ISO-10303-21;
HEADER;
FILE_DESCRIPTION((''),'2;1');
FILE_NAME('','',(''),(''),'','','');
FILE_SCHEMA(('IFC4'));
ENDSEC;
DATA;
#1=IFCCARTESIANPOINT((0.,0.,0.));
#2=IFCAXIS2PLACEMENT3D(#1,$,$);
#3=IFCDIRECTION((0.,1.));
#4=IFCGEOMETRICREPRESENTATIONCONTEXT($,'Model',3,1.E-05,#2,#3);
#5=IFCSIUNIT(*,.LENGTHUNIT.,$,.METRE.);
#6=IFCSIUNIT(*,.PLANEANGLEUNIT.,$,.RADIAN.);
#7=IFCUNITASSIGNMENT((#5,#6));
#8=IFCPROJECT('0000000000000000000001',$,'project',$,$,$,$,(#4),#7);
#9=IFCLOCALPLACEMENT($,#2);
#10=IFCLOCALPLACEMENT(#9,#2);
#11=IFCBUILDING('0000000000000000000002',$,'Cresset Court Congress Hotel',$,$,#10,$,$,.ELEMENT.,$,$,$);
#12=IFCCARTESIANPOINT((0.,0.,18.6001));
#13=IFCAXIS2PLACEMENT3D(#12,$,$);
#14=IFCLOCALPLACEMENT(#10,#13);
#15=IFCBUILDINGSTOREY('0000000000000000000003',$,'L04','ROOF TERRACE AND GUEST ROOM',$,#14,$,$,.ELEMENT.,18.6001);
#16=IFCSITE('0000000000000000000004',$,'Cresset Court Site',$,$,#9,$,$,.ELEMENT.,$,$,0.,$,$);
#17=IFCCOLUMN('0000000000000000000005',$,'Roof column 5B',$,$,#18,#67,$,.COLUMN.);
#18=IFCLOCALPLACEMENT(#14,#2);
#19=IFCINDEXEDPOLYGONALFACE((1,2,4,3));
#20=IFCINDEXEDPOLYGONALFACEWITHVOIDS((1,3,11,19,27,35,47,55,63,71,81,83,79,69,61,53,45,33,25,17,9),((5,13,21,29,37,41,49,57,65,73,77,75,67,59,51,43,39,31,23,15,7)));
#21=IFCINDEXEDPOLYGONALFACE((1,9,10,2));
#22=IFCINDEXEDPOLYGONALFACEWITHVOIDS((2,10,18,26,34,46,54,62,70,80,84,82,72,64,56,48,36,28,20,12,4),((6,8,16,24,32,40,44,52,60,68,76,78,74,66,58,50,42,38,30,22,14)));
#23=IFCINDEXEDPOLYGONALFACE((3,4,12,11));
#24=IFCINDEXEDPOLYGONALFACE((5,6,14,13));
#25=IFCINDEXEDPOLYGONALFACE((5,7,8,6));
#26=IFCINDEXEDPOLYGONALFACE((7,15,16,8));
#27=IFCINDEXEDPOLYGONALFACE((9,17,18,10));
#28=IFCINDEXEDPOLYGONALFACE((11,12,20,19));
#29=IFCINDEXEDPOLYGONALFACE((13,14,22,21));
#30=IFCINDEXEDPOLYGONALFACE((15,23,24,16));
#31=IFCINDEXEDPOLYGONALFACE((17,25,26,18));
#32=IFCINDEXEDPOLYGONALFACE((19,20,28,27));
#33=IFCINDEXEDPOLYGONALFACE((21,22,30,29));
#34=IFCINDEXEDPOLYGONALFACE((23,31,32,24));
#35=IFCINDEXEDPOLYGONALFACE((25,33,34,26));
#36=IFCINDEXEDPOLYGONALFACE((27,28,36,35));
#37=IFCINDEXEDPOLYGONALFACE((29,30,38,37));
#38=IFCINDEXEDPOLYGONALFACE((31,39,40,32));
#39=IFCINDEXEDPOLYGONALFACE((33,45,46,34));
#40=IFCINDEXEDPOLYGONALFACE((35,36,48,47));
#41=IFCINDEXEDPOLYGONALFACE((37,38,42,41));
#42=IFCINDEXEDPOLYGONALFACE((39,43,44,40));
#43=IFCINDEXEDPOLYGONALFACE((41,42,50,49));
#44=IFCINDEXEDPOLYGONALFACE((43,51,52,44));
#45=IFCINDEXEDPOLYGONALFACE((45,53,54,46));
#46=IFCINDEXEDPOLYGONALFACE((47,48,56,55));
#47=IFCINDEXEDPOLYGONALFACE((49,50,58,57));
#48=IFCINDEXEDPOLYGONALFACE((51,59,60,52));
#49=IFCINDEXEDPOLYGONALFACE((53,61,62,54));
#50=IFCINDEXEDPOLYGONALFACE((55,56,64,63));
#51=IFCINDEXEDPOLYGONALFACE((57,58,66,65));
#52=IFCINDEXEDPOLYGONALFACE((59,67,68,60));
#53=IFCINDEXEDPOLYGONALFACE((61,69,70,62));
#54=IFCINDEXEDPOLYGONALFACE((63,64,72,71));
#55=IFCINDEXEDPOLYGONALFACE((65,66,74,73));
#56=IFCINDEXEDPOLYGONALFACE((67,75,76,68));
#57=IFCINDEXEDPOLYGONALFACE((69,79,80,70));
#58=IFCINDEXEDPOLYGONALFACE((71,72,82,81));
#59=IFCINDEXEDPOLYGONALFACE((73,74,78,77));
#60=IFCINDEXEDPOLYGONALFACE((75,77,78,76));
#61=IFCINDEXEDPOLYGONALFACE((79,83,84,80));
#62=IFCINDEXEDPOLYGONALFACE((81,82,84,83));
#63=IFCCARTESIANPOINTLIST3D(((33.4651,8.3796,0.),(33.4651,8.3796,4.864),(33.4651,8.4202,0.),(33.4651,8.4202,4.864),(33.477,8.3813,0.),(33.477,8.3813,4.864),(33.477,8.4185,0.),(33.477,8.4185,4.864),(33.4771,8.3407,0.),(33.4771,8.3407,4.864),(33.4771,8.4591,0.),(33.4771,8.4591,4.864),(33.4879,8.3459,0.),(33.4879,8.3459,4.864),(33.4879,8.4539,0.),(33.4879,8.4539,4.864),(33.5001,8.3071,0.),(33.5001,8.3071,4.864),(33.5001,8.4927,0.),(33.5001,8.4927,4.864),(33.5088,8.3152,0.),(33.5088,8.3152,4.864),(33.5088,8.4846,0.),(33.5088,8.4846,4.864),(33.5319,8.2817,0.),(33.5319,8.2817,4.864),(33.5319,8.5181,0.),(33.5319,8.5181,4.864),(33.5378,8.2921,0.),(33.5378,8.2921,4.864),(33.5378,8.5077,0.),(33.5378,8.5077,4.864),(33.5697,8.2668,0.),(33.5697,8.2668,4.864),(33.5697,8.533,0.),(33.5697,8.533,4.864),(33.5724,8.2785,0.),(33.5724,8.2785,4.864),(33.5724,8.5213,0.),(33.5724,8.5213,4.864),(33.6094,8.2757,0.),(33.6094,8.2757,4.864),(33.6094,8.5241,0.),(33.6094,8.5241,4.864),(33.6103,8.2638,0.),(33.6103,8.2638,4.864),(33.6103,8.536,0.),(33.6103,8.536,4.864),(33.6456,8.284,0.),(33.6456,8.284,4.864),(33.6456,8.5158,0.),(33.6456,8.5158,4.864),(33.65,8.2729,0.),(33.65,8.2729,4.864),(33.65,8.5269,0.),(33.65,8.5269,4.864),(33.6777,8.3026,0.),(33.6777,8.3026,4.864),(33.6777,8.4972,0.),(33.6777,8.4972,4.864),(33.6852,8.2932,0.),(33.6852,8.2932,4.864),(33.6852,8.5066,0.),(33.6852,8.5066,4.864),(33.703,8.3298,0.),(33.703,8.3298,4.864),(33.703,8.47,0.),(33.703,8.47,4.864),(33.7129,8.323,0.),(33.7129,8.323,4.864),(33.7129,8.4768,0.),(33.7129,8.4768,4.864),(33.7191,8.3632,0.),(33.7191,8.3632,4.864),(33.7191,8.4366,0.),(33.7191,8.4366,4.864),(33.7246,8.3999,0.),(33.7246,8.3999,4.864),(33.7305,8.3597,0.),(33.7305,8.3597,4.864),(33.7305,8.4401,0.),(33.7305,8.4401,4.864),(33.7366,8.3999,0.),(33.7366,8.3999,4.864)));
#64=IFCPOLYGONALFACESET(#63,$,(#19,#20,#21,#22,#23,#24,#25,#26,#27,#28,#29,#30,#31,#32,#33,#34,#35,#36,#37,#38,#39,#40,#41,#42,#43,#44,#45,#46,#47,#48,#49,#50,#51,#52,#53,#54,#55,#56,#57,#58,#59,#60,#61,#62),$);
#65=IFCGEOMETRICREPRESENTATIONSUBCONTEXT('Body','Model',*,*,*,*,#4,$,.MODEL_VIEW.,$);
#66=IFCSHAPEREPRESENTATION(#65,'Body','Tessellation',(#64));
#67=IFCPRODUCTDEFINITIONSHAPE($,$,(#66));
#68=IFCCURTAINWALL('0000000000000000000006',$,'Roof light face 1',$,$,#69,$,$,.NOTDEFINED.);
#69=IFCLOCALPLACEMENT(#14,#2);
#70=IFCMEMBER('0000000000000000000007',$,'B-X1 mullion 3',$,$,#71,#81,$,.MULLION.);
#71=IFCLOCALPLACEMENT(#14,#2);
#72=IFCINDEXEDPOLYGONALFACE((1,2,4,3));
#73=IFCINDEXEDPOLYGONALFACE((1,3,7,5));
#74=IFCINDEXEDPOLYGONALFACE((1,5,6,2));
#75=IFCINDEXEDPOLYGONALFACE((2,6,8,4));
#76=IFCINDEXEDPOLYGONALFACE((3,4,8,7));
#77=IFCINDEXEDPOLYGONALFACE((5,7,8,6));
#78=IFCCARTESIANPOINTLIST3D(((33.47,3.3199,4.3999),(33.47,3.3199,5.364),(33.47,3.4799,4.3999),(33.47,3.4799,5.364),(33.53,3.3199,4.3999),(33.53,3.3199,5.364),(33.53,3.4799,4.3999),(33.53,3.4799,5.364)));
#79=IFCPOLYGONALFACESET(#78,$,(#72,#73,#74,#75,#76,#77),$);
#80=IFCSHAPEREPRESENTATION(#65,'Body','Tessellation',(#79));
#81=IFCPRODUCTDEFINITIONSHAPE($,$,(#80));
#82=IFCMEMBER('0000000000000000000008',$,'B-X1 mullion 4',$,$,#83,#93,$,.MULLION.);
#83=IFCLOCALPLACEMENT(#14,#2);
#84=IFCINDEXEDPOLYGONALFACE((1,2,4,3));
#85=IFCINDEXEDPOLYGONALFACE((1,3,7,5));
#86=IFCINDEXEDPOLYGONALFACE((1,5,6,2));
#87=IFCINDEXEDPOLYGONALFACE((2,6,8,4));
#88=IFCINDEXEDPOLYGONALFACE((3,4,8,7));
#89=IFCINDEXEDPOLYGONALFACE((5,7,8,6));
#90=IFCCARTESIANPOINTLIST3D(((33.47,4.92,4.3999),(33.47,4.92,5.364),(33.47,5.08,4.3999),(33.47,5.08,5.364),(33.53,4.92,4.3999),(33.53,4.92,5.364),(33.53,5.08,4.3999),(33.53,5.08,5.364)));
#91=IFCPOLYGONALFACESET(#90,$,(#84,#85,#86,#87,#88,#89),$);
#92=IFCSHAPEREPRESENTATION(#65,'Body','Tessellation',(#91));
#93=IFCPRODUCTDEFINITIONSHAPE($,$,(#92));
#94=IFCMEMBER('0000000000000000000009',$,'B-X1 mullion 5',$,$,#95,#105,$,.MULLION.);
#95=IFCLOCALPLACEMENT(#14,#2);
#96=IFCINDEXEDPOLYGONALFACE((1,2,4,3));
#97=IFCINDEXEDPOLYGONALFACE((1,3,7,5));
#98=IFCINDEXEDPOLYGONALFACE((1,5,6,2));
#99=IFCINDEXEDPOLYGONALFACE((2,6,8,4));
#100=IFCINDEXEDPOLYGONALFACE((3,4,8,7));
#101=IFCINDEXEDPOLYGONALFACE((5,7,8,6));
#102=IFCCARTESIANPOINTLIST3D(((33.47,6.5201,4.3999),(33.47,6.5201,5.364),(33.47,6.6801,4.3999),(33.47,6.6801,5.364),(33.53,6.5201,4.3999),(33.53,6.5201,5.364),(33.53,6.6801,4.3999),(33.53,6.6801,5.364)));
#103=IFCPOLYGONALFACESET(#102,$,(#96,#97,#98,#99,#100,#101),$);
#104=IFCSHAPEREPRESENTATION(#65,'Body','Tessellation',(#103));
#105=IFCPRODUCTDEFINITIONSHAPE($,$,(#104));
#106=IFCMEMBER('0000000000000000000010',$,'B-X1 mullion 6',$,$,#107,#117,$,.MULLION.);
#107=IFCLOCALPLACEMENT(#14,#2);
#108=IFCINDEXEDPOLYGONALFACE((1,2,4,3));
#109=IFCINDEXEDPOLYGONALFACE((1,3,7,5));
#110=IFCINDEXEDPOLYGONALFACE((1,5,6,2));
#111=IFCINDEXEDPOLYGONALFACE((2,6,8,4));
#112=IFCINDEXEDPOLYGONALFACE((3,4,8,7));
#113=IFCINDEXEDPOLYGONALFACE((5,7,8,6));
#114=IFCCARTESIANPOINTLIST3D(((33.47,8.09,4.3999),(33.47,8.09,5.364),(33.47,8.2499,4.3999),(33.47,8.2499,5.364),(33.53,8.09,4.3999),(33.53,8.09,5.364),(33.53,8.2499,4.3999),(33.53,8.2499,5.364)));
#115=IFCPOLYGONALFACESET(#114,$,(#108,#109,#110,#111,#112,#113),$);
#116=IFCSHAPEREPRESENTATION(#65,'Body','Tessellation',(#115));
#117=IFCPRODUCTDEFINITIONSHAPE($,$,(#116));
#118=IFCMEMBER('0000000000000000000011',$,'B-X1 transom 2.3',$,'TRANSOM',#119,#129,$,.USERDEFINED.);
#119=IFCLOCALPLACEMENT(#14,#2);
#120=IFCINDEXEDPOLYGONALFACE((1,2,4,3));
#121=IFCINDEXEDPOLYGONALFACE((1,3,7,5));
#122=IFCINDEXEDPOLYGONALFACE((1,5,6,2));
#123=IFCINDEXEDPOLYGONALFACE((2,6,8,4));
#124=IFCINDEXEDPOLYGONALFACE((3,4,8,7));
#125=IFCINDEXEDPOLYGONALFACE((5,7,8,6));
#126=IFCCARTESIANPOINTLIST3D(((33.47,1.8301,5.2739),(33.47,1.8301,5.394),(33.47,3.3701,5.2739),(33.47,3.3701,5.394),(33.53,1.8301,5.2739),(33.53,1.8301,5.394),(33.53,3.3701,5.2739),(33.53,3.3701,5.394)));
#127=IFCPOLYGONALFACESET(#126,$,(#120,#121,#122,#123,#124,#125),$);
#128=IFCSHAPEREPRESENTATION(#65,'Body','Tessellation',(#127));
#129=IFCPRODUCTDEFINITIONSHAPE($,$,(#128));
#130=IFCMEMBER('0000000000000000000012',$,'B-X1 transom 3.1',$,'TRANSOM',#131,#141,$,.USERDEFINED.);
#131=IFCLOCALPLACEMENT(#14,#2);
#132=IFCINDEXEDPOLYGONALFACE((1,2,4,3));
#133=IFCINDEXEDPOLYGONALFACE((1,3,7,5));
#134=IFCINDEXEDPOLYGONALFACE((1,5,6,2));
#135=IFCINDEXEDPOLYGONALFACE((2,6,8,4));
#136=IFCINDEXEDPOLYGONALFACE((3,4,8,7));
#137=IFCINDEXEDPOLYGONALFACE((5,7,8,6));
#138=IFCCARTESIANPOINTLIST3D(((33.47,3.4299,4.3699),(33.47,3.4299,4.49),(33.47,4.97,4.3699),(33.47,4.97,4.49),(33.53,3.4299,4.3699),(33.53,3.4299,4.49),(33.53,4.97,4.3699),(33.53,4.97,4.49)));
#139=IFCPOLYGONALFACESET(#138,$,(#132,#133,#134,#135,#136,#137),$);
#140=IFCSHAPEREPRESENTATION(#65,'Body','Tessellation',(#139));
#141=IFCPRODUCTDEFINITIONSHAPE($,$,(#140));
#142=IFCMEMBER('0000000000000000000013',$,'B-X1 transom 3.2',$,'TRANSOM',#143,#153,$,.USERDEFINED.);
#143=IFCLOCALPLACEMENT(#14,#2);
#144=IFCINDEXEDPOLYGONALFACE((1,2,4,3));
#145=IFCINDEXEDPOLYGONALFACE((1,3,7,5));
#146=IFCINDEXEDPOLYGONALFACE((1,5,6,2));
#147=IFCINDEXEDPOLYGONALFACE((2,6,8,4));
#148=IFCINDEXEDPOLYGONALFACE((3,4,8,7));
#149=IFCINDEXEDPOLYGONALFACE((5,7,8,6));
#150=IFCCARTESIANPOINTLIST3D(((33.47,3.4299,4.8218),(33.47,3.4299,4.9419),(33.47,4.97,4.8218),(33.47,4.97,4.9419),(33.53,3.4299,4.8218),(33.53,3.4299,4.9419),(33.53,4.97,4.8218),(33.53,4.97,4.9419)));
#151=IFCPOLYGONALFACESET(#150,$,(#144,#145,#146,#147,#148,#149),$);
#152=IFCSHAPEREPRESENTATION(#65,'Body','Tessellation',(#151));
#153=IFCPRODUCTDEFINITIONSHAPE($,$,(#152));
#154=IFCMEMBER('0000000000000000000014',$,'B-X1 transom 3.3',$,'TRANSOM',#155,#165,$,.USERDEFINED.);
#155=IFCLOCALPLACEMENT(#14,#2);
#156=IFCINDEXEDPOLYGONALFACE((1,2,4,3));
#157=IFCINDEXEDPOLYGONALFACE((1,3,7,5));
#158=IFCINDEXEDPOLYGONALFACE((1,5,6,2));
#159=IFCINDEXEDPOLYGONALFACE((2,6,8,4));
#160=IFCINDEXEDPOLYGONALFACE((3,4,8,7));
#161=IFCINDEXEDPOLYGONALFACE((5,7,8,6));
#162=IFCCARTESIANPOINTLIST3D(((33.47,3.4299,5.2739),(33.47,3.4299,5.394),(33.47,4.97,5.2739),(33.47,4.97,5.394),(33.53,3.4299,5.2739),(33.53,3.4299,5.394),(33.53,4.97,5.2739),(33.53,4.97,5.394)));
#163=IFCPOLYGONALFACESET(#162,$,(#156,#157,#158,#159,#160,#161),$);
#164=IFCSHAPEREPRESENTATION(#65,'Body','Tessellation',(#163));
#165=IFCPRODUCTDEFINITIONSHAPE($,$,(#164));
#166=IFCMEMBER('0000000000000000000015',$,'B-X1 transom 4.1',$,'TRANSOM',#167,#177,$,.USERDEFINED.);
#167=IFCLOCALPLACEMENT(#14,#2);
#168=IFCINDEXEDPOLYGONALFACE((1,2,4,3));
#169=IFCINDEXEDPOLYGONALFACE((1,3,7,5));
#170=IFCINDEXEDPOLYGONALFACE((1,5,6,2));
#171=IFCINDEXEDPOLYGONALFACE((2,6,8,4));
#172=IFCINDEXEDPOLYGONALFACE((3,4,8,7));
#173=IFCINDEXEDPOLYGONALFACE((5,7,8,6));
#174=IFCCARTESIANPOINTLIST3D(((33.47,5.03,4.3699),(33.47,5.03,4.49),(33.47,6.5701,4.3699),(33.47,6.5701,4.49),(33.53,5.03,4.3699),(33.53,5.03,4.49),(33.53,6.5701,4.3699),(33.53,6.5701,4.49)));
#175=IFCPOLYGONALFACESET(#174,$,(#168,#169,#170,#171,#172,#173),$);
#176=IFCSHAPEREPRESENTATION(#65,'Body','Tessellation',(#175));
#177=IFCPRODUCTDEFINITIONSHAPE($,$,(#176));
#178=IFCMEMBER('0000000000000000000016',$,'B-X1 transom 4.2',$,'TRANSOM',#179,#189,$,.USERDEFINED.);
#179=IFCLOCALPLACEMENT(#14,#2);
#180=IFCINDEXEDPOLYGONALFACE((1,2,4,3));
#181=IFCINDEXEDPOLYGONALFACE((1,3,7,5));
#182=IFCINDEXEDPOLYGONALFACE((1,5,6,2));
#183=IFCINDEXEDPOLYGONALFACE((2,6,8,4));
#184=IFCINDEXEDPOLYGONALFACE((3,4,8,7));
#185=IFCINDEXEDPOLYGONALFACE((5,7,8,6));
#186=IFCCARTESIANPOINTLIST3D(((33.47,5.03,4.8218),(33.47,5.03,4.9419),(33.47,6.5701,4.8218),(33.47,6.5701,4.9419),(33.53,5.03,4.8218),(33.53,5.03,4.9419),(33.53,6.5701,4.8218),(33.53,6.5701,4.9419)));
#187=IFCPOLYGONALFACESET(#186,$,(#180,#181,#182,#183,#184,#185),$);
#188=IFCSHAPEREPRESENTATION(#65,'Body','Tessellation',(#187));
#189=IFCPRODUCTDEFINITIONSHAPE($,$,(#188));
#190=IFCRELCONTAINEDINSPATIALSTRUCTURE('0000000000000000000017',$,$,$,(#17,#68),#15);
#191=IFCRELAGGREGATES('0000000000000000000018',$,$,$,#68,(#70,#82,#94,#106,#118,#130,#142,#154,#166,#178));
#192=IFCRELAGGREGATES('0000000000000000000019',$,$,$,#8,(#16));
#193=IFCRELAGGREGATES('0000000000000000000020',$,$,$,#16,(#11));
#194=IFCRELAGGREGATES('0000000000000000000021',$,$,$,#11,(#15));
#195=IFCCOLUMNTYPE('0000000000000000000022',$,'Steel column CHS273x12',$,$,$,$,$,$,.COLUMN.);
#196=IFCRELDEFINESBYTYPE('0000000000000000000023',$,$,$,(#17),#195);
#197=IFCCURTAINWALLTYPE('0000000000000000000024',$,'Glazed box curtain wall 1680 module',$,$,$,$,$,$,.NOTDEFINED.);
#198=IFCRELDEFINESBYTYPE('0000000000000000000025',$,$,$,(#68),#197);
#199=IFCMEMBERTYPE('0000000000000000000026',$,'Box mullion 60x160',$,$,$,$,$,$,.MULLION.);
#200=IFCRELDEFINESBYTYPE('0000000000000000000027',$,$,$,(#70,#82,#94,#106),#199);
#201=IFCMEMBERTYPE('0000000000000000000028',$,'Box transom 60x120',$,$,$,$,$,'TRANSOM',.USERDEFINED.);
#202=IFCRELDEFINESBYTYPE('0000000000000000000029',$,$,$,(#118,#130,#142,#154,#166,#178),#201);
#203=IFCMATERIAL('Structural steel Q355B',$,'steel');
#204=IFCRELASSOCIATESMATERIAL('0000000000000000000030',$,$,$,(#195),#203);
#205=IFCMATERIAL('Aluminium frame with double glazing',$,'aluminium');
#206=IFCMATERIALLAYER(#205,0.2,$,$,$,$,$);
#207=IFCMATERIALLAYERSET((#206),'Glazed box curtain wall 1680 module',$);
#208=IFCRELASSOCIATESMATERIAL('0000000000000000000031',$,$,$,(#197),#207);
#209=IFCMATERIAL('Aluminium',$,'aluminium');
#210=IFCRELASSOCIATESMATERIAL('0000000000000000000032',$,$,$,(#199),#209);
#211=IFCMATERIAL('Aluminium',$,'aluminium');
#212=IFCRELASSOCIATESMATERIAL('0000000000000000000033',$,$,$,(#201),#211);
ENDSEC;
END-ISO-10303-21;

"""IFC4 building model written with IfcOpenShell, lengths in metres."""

from ifc_helpers import new_model, si_unit, direction, frame, origin, origin_2d, place, context, subcontext, project, spatial, rectangle, hollow_circle, extrude, material, layer, layer_set, material_profile, profile_set, type_object, element, aggregate, save


model = new_model("IFC4")

# Units and contexts
model_context = context("Model", 3, precision=1e-05, world=origin(), true_north=direction((0.0, 1.0)))
body_context = subcontext(model_context, "Body", "Model", "MODEL_VIEW")
ifc_project = project(units=[si_unit("LENGTHUNIT", "METRE"), si_unit("PLANEANGLEUNIT", "RADIAN")], contexts=[model_context])

# Site, building, storey
site_placement = place(None, origin())
site = spatial("IfcSite", under=ifc_project, at=site_placement, Name="Cresset Court Site", CompositionType="ELEMENT", RefElevation=0.0)
building_placement = place(site_placement, origin())
building = spatial("IfcBuilding", under=site, at=building_placement, Name="Cresset Court Congress Hotel", CompositionType="ELEMENT")
storey_placement = place(building_placement, frame((0.0, 0.0, 18.6001)))
storey = spatial("IfcBuildingStorey", under=building, at=storey_placement, Name="L04", Description="ROOF TERRACE AND GUEST ROOM", CompositionType="ELEMENT", Elevation=18.6001)

# Column
ifc_material_1 = material(Name="Structural steel Q355B", Category="steel")
ifc_material_profile_1 = material_profile(ifc_material_1, hollow_circle(Radius=0.1365, WallThickness=0.012, at=origin_2d()), Name="CHS273x12")
ifc_profile_set_1 = profile_set([ifc_material_profile_1], Name="Structural steel Q355B")
column_type = type_object("IfcColumnType", Name="Steel column CHS273x12", PredefinedType="COLUMN", material=ifc_profile_set_1)
column_placement = place(storey_placement, frame((33.6001, 8.3999, 0.0), z_axis=(0.0, 0.0, 1.0), x_axis=(1.0, 0.0, 0.0)))
element("IfcColumn", 1, at=column_placement, inside=storey, type_object=column_type, Name="Roof column 5B", PredefinedType="COLUMN", context=body_context, shape_type="SweptSolid", body=[
    extrude(hollow_circle(Radius=0.1365, WallThickness=0.012, at=origin_2d()), origin(), (0.0, 0.0, 1.0), 4.864),
])

# Curtain wall, members
ifc_material_2 = material(Name="Aluminium frame with double glazing", Category="aluminium")
ifc_layer_1 = layer(ifc_material_2, 0.2)
ifc_layer_set_1 = layer_set([ifc_layer_1], Name="Glazed box curtain wall 1680 module")
curtain_wall_type = type_object("IfcCurtainWallType", Name="Glazed box curtain wall 1680 module", PredefinedType="NOTDEFINED", material=ifc_layer_set_1)
curtain_wall_placement = place(storey_placement, origin())
curtain_wall = element("IfcCurtainWall", 2, at=curtain_wall_placement, inside=storey, type_object=curtain_wall_type, Name="Roof light face 1", PredefinedType="NOTDEFINED")
ifc_material_3 = material(Name="Aluminium", Category="aluminium")
ifc_material_profile_2 = material_profile(ifc_material_3, rectangle(XDim=0.0601, YDim=0.1599, at=origin_2d()), Name="Box mullion 60x160")
ifc_profile_set_2 = profile_set([ifc_material_profile_2], Name="Aluminium")
member_type_1 = type_object("IfcMemberType", Name="Box mullion 60x160", PredefinedType="MULLION", material=ifc_profile_set_2)
member_1_placement = place(storey_placement, frame((33.5, 3.3999, 4.3999), z_axis=(0.0, 0.0, 1.0), x_axis=(-1.0, 0.0, 0.0)))
member_1 = element("IfcMember", 3, at=member_1_placement, type_object=member_type_1, Name="B-X1 mullion 3", PredefinedType="MULLION", context=body_context, shape_type="SweptSolid", body=[
    extrude(rectangle(XDim=0.0601, YDim=0.1599, at=origin_2d()), origin(), (0.0, 0.0, 1.0), 0.9641),
])
member_2_placement = place(storey_placement, frame((33.5, 5.0, 4.3999), z_axis=(0.0, 0.0, 1.0), x_axis=(-1.0, 0.0, 0.0)))
member_2 = element("IfcMember", 4, at=member_2_placement, type_object=member_type_1, Name="B-X1 mullion 4", PredefinedType="MULLION", context=body_context, shape_type="SweptSolid", body=[
    extrude(rectangle(XDim=0.0601, YDim=0.1599, at=origin_2d()), origin(), (0.0, 0.0, 1.0), 0.9641),
])
member_3_placement = place(storey_placement, frame((33.5, 6.6001, 4.3999), z_axis=(0.0, 0.0, 1.0), x_axis=(-1.0, 0.0, 0.0)))
member_3 = element("IfcMember", 5, at=member_3_placement, type_object=member_type_1, Name="B-X1 mullion 5", PredefinedType="MULLION", context=body_context, shape_type="SweptSolid", body=[
    extrude(rectangle(XDim=0.0601, YDim=0.1599, at=origin_2d()), origin(), (0.0, 0.0, 1.0), 0.9641),
])
member_4_placement = place(storey_placement, frame((33.5, 8.1699, 4.3999), z_axis=(0.0, 0.0, 1.0), x_axis=(-1.0, 0.0, 0.0)))
member_4 = element("IfcMember", 6, at=member_4_placement, type_object=member_type_1, Name="B-X1 mullion 6", PredefinedType="MULLION", context=body_context, shape_type="SweptSolid", body=[
    extrude(rectangle(XDim=0.0601, YDim=0.1599, at=origin_2d()), origin(), (0.0, 0.0, 1.0), 0.9641),
])
ifc_material_4 = material(Name="Aluminium", Category="aluminium")
ifc_material_profile_3 = material_profile(ifc_material_4, rectangle(XDim=0.0601, YDim=0.1201, at=origin_2d()), Name="Box transom 60x120")
ifc_profile_set_3 = profile_set([ifc_material_profile_3], Name="Aluminium")
member_type_2 = type_object("IfcMemberType", Name="Box transom 60x120", ElementType="TRANSOM", PredefinedType="USERDEFINED", material=ifc_profile_set_3)
member_5_placement = place(storey_placement, frame((33.5, 1.8301, 5.334), z_axis=(0.0, 1.0, 0.0), x_axis=(-1.0, 0.0, 0.0)))
member_5 = element("IfcMember", 7, at=member_5_placement, type_object=member_type_2, Name="B-X1 transom 2.3", ObjectType="TRANSOM", PredefinedType="USERDEFINED", context=body_context, shape_type="SweptSolid", body=[
    extrude(rectangle(XDim=0.0601, YDim=0.1201, at=origin_2d()), origin(), (0.0, 0.0, 1.0), 1.54),
])
member_6_placement = place(storey_placement, frame((33.5, 3.4299, 4.4299), z_axis=(0.0, 1.0, 0.0), x_axis=(-1.0, 0.0, 0.0)))
member_6 = element("IfcMember", 8, at=member_6_placement, type_object=member_type_2, Name="B-X1 transom 3.1", ObjectType="TRANSOM", PredefinedType="USERDEFINED", context=body_context, shape_type="SweptSolid", body=[
    extrude(rectangle(XDim=0.0601, YDim=0.1201, at=origin_2d()), origin(), (0.0, 0.0, 1.0), 1.54),
])
member_7_placement = place(storey_placement, frame((33.5, 3.4299, 4.8818), z_axis=(0.0, 1.0, 0.0), x_axis=(-1.0, 0.0, 0.0)))
member_7 = element("IfcMember", 9, at=member_7_placement, type_object=member_type_2, Name="B-X1 transom 3.2", ObjectType="TRANSOM", PredefinedType="USERDEFINED", context=body_context, shape_type="SweptSolid", body=[
    extrude(rectangle(XDim=0.0601, YDim=0.1201, at=origin_2d()), origin(), (0.0, 0.0, 1.0), 1.54),
])
member_8_placement = place(storey_placement, frame((33.5, 3.4299, 5.334), z_axis=(0.0, 1.0, 0.0), x_axis=(-1.0, 0.0, 0.0)))
member_8 = element("IfcMember", 10, at=member_8_placement, type_object=member_type_2, Name="B-X1 transom 3.3", ObjectType="TRANSOM", PredefinedType="USERDEFINED", context=body_context, shape_type="SweptSolid", body=[
    extrude(rectangle(XDim=0.0601, YDim=0.1201, at=origin_2d()), origin(), (0.0, 0.0, 1.0), 1.54),
])
member_9_placement = place(storey_placement, frame((33.5, 5.03, 4.4299), z_axis=(0.0, 1.0, 0.0), x_axis=(-1.0, 0.0, 0.0)))
member_9 = element("IfcMember", 11, at=member_9_placement, type_object=member_type_2, Name="B-X1 transom 4.1", ObjectType="TRANSOM", PredefinedType="USERDEFINED", context=body_context, shape_type="SweptSolid", body=[
    extrude(rectangle(XDim=0.0601, YDim=0.1201, at=origin_2d()), origin(), (0.0, 0.0, 1.0), 1.54),
])
member_10_placement = place(storey_placement, frame((33.5, 5.03, 4.8818), z_axis=(0.0, 1.0, 0.0), x_axis=(-1.0, 0.0, 0.0)))
member_10 = element("IfcMember", 12, at=member_10_placement, type_object=member_type_2, Name="B-X1 transom 4.2", ObjectType="TRANSOM", PredefinedType="USERDEFINED", context=body_context, shape_type="SweptSolid", body=[
    extrude(rectangle(XDim=0.0601, YDim=0.1201, at=origin_2d()), origin(), (0.0, 0.0, 1.0), 1.54),
])

aggregate(curtain_wall, [member_1, member_2, member_3, member_4, member_5, member_6, member_7, member_8, member_9, member_10])

save(model, "model.ifc")
